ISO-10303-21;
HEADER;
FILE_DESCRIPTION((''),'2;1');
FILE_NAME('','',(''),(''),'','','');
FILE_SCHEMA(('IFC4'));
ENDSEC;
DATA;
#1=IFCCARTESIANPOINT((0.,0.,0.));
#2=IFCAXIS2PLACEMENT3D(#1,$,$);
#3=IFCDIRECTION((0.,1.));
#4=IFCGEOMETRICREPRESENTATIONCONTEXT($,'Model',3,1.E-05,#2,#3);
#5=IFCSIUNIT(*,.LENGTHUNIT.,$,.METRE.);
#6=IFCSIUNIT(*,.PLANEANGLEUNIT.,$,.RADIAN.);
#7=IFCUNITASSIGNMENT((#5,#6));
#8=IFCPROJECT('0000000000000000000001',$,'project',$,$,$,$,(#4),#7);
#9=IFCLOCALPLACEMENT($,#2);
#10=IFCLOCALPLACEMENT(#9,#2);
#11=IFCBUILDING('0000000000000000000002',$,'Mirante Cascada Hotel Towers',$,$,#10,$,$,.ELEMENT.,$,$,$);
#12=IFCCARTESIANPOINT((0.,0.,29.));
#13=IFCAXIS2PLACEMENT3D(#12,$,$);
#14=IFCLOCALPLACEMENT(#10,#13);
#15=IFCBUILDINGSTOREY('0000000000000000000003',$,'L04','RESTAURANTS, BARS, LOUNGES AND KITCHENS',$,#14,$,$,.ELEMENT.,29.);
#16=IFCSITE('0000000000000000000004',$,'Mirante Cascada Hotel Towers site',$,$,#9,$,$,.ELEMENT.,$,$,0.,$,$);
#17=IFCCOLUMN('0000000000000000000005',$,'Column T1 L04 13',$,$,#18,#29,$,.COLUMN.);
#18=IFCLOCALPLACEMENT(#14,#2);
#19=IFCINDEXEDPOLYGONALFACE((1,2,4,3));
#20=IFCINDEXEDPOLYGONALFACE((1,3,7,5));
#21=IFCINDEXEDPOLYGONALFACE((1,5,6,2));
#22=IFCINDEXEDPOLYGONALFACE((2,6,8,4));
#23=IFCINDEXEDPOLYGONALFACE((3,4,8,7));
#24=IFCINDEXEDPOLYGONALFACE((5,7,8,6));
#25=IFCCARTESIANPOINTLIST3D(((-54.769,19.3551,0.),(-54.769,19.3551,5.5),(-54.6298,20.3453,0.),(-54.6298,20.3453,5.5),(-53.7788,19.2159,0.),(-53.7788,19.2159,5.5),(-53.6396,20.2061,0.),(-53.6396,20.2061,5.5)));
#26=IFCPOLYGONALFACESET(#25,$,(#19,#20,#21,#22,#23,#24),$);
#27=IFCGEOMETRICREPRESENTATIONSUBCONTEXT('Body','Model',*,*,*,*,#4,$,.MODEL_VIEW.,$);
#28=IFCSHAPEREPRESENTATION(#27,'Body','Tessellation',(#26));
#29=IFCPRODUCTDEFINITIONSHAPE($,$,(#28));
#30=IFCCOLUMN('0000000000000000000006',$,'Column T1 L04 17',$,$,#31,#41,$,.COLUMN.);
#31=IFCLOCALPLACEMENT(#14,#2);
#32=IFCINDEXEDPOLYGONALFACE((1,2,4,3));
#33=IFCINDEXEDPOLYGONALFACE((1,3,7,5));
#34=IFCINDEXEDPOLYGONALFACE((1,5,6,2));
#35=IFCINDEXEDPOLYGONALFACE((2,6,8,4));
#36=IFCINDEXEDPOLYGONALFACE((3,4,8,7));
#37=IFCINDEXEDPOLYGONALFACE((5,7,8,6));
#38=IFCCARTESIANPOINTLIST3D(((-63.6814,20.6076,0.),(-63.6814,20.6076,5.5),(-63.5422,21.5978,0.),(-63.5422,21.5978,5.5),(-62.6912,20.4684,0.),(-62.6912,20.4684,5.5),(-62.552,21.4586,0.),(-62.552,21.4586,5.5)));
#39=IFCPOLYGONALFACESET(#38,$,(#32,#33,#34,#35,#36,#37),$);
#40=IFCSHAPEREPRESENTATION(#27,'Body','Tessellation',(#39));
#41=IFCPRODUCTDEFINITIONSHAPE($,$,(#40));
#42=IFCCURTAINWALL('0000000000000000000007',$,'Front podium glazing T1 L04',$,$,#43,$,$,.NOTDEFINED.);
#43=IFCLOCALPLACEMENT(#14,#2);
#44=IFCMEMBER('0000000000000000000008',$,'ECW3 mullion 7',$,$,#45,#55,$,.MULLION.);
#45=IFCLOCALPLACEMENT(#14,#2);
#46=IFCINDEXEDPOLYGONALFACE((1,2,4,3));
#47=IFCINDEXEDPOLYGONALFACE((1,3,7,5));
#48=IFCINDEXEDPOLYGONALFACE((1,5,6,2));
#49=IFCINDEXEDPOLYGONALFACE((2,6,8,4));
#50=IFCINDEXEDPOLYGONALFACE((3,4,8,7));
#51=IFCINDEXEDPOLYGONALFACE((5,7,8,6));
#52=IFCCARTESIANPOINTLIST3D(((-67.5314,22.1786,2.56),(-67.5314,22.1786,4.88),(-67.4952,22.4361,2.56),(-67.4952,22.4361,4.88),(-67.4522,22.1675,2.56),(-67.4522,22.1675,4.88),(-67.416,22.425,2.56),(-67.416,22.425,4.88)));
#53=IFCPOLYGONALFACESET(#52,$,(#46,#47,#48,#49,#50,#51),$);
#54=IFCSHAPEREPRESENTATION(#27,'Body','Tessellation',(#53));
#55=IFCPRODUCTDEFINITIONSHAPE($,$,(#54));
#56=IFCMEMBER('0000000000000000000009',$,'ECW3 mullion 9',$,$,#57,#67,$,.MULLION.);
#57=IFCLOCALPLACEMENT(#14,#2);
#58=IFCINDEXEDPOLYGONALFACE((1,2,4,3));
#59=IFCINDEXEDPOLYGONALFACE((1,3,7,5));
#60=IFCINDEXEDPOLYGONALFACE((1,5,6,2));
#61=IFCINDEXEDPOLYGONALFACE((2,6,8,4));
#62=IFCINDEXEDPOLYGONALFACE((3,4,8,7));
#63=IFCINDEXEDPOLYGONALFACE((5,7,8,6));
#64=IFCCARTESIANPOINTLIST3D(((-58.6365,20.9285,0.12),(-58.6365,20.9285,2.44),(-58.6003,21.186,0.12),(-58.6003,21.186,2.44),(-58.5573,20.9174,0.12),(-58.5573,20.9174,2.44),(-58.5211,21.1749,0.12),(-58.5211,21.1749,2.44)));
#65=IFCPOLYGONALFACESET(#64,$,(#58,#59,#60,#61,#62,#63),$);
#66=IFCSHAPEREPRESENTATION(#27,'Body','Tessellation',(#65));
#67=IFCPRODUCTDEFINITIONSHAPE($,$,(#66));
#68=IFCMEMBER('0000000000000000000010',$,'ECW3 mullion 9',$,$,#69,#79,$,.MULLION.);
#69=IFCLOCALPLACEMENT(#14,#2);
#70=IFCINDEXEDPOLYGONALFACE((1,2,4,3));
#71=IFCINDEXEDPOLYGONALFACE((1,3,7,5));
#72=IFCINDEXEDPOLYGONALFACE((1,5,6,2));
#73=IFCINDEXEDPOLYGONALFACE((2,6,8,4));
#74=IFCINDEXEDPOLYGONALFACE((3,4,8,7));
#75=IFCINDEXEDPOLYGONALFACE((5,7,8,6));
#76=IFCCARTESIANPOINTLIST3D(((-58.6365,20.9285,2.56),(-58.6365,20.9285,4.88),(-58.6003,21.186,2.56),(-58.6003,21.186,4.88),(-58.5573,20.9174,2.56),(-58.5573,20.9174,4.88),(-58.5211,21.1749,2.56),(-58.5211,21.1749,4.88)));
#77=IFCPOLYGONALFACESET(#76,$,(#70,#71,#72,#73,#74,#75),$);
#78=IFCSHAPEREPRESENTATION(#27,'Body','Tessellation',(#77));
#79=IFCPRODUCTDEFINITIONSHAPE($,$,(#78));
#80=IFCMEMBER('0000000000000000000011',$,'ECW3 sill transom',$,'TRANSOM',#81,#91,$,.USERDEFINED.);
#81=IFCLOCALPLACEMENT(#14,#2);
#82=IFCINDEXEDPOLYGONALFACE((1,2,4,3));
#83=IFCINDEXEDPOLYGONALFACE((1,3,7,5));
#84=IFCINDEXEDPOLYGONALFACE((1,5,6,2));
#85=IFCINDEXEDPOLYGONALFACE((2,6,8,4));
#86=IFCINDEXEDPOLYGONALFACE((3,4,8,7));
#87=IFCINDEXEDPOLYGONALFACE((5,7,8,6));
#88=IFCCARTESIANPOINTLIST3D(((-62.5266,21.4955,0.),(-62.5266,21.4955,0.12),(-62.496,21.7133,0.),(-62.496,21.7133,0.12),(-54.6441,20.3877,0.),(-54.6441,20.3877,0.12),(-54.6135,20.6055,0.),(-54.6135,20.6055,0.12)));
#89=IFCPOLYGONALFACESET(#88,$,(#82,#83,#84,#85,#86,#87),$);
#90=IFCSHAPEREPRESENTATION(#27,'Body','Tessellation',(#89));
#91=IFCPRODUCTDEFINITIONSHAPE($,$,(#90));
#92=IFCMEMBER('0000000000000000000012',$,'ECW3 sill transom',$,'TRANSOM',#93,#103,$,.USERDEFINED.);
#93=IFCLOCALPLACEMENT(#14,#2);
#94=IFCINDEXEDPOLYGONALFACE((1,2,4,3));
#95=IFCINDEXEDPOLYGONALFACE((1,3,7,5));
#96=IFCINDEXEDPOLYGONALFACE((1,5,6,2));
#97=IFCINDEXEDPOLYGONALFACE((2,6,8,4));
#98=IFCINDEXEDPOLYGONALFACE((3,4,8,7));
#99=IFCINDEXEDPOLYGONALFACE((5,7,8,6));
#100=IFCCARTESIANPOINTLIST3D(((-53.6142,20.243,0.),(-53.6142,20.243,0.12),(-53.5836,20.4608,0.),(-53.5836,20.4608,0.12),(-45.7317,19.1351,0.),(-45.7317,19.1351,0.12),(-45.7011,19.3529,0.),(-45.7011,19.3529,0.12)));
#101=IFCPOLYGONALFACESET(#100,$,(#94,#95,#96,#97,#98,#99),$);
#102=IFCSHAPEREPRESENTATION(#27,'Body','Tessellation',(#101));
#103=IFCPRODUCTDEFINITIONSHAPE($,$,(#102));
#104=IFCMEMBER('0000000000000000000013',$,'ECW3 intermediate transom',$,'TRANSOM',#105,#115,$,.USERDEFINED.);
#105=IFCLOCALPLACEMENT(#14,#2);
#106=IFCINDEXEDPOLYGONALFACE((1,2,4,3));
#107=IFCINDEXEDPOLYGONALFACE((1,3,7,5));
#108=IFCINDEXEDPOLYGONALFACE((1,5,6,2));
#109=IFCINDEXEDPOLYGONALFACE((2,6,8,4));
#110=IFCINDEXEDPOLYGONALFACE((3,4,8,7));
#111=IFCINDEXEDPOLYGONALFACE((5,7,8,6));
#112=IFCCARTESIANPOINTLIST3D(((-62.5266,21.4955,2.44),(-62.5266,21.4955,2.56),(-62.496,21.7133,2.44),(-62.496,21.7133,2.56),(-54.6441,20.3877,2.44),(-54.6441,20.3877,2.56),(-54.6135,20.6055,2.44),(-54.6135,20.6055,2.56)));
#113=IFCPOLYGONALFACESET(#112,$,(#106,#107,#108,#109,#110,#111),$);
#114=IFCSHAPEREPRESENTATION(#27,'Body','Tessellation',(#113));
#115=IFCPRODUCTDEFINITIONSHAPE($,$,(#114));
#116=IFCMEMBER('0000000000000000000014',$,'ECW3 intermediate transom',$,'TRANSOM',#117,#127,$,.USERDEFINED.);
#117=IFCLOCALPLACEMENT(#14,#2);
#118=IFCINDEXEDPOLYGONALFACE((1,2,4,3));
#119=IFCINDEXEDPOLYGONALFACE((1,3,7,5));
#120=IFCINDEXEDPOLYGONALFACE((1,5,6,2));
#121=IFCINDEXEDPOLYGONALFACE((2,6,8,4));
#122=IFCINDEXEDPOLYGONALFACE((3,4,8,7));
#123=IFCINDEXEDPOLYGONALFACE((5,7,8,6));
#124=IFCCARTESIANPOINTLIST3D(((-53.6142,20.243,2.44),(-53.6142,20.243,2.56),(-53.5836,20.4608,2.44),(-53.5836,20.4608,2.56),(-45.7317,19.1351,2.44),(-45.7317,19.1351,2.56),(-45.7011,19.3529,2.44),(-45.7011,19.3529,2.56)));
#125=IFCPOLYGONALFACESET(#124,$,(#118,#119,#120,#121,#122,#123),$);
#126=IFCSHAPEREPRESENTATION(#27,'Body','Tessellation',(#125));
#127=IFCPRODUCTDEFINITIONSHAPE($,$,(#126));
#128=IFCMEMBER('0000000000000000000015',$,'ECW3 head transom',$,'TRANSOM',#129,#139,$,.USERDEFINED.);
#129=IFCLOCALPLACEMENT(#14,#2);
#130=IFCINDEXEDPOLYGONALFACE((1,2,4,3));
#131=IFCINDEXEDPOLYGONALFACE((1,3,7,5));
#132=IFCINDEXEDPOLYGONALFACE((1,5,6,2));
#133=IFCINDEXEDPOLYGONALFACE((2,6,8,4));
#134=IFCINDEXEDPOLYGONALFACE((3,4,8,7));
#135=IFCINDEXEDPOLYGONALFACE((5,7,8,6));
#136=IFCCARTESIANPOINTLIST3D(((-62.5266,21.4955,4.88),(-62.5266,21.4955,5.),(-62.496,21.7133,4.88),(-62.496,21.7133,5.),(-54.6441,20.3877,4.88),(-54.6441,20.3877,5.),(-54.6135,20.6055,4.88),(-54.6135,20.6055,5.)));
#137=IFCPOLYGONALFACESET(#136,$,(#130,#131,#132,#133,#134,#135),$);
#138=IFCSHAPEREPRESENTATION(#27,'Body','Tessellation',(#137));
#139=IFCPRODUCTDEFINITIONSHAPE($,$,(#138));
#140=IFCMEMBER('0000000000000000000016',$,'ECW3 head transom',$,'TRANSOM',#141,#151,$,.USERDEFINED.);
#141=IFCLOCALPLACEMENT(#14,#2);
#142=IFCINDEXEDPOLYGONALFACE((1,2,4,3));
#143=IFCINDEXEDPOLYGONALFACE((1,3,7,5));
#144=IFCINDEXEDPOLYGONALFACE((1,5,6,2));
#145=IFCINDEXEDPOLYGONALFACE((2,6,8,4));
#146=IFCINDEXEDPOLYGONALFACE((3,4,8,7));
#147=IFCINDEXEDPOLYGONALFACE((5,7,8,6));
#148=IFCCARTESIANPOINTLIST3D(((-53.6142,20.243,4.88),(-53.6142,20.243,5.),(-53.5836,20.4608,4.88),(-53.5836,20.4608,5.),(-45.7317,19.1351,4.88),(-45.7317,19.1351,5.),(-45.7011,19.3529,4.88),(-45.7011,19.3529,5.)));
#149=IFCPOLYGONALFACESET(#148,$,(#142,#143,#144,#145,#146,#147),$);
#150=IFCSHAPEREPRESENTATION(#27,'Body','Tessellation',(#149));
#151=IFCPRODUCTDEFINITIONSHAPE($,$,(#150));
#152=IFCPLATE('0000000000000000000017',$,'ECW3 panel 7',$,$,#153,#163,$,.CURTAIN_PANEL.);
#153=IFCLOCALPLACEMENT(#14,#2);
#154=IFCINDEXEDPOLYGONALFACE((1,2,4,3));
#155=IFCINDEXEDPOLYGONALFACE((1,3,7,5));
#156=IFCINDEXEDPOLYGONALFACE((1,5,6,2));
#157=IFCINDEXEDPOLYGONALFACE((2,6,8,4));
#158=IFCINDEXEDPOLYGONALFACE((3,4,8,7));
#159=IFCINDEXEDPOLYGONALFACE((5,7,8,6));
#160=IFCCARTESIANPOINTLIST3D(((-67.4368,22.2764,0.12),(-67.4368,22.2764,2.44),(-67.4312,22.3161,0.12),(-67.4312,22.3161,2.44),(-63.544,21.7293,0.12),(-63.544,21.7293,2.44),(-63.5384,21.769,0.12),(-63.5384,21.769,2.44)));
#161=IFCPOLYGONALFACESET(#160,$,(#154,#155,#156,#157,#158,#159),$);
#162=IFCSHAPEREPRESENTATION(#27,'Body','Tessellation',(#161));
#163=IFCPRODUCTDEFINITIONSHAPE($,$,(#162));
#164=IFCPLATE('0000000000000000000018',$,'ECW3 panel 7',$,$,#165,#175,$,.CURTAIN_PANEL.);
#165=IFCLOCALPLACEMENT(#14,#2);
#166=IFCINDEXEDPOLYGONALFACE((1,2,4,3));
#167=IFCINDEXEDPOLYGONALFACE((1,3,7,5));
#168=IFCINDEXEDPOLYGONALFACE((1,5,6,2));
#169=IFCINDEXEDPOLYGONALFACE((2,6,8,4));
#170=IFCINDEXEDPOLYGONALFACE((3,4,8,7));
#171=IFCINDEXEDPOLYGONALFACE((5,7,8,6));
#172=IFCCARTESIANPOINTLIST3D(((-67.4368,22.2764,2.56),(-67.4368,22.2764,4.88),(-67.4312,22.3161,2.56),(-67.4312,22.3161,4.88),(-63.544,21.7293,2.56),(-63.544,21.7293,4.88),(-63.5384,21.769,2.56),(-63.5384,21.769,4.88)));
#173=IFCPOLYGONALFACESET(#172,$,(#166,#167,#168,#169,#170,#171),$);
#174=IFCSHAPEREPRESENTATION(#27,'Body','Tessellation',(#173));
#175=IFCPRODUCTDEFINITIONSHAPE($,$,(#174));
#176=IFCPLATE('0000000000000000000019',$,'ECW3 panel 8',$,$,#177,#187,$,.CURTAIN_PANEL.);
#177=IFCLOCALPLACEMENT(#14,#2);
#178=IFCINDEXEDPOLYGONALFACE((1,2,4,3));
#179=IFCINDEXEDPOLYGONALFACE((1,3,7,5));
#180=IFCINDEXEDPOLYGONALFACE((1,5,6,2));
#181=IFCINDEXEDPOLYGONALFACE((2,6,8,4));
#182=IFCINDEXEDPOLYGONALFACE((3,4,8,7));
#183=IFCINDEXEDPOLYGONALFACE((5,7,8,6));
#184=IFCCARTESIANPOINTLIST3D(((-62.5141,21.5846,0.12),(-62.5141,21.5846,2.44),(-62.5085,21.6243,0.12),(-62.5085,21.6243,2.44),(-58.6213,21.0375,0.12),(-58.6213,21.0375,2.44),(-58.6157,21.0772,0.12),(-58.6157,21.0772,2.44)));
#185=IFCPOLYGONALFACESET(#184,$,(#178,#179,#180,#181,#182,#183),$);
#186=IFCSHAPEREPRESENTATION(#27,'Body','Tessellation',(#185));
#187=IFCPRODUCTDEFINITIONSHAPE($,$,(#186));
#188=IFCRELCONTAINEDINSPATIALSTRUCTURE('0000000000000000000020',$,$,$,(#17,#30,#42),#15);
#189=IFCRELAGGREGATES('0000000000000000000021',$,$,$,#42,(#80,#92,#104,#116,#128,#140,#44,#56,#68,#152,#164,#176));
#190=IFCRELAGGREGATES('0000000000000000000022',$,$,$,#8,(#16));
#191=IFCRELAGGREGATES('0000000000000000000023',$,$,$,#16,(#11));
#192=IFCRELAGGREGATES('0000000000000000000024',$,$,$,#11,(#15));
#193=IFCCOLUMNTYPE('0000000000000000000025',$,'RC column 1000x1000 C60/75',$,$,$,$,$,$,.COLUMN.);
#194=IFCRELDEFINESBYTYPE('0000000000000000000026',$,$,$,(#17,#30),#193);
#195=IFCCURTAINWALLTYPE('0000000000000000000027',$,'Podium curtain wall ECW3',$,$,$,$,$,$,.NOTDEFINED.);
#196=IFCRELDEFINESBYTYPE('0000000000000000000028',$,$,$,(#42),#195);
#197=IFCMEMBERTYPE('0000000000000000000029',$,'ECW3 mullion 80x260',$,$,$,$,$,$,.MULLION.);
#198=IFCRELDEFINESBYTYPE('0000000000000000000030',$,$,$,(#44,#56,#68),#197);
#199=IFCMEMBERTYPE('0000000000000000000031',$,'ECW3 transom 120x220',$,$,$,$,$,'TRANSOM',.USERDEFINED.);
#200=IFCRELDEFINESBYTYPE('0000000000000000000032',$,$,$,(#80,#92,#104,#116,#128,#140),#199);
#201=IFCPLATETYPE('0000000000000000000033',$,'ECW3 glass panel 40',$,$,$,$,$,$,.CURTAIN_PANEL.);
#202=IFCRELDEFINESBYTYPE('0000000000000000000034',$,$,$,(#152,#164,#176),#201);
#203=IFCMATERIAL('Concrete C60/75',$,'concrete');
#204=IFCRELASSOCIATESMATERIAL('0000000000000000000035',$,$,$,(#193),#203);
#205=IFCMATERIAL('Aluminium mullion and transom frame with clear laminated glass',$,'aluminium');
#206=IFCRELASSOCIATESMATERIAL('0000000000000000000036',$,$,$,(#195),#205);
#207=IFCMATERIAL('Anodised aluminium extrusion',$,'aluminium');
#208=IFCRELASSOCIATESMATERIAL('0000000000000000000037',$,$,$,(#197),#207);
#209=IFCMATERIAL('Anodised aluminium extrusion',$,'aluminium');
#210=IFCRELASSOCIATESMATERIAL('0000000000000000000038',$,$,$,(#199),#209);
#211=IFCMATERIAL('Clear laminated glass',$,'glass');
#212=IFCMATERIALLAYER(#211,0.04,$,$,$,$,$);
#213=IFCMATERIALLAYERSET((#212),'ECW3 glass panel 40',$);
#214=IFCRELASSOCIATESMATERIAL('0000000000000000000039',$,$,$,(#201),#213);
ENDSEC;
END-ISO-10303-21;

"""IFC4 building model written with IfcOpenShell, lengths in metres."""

from ifc_helpers import new_model, si_unit, direction, frame, origin, origin_2d, place, context, subcontext, project, spatial, rectangle, extrude, material, layer, layer_set, material_profile, profile_set, type_object, element, aggregate, save


model = new_model("IFC4")

# Units and contexts
model_context = context("Model", 3, precision=1e-05, world=origin(), true_north=direction((0.0, 1.0)))
body_context = subcontext(model_context, "Body", "Model", "MODEL_VIEW")
ifc_project = project(units=[si_unit("LENGTHUNIT", "METRE"), si_unit("PLANEANGLEUNIT", "RADIAN")], contexts=[model_context])

# Site, building, storey
site_placement = place(None, origin())
site = spatial("IfcSite", under=ifc_project, at=site_placement, Name="Mirante Cascada Hotel Towers site", CompositionType="ELEMENT", RefElevation=0.0)
building_placement = place(site_placement, origin())
building = spatial("IfcBuilding", under=site, at=building_placement, Name="Mirante Cascada Hotel Towers", CompositionType="ELEMENT")
storey_placement = place(building_placement, frame((0.0, 0.0, 29.0)))
storey = spatial("IfcBuildingStorey", under=building, at=storey_placement, Name="L04", Description="RESTAURANTS, BARS, LOUNGES AND KITCHENS", CompositionType="ELEMENT", Elevation=29.0)

# Columns
ifc_material_1 = material(Name="Concrete C60/75", Category="concrete")
ifc_material_profile_1 = material_profile(ifc_material_1, rectangle(XDim=1.0, YDim=1.0, at=origin_2d()), Name="RC column 1000x1000 C60/75")
ifc_profile_set_1 = profile_set([ifc_material_profile_1], Name="Concrete C60/75")
column_type = type_object("IfcColumnType", Name="RC column 1000x1000 C60/75", PredefinedType="COLUMN", material=ifc_profile_set_1)
for number, where, z_axis, x_axis, name in (
    (1, (-54.2043, 19.7806, 0.0), (0.0, 0.0, 1.0), (-0.990268, 0.139173, 0.0), "Column T1 L04 13"),
    (2, (-63.1167, 21.0331, 0.0), (0.0, 0.0, 1.0), (-0.990268, 0.139173, 0.0), "Column T1 L04 17"),
):
    element("IfcColumn", number, at=place(storey_placement, frame(where, z_axis=z_axis, x_axis=x_axis)), inside=storey, type_object=column_type, Name=name, PredefinedType="COLUMN", context=body_context, shape_type="SweptSolid", body=[
        extrude(rectangle(XDim=1.0, YDim=1.0, at=origin_2d()), origin(), (0.0, 0.0, 1.0), 5.5),
    ])

# Curtain wall, members, plates
ifc_material_2 = material(Name="Aluminium mullion and transom frame with clear laminated glass", Category="aluminium")
curtain_wall_type = type_object("IfcCurtainWallType", Name="Podium curtain wall ECW3", PredefinedType="NOTDEFINED", material=ifc_material_2)
curtain_wall_placement = place(storey_placement, origin())
curtain_wall = element("IfcCurtainWall", 3, at=curtain_wall_placement, inside=storey, type_object=curtain_wall_type, Name="Front podium glazing T1 L04", PredefinedType="NOTDEFINED")
ifc_material_3 = material(Name="Anodised aluminium extrusion", Category="aluminium")
ifc_material_profile_2 = material_profile(ifc_material_3, rectangle(XDim=0.26, YDim=0.08, at=origin_2d()), Name="ECW3 MULLION 80x260")
ifc_profile_set_2 = profile_set([ifc_material_profile_2], Name="Anodised aluminium extrusion")
member_type_1 = type_object("IfcMemberType", Name="ECW3 mullion 80x260", PredefinedType="MULLION", material=ifc_profile_set_2)
member_1_placement = place(storey_placement, frame((-67.4737, 22.3018, 2.56), z_axis=(0.0, 0.0, 1.0), x_axis=(0.139173, 0.990268, 0.0)))
member_1 = element("IfcMember", 4, at=member_1_placement, type_object=member_type_1, Name="ECW3 mullion 7", PredefinedType="MULLION", context=body_context, shape_type="SweptSolid", body=[
    extrude(rectangle(XDim=0.26, YDim=0.08, at=origin_2d()), origin(), (0.0, 0.0, 1.0), 2.32),
])
member_2_placement = place(storey_placement, frame((-58.5788, 21.0517, 0.12), z_axis=(0.0, 0.0, 1.0), x_axis=(0.139173, 0.990268, 0.0)))
member_2 = element("IfcMember", 5, at=member_2_placement, type_object=member_type_1, Name="ECW3 mullion 9", PredefinedType="MULLION", context=body_context, shape_type="SweptSolid", body=[
    extrude(rectangle(XDim=0.26, YDim=0.08, at=origin_2d()), origin(), (0.0, 0.0, 1.0), 2.32),
])
member_3_placement = place(storey_placement, frame((-58.5788, 21.0517, 2.56), z_axis=(0.0, 0.0, 1.0), x_axis=(0.139173, 0.990268, 0.0)))
member_3 = element("IfcMember", 6, at=member_3_placement, type_object=member_type_1, Name="ECW3 mullion 9", PredefinedType="MULLION", context=body_context, shape_type="SweptSolid", body=[
    extrude(rectangle(XDim=0.26, YDim=0.08, at=origin_2d()), origin(), (0.0, 0.0, 1.0), 2.32),
])
ifc_material_4 = material(Name="Anodised aluminium extrusion", Category="aluminium")
ifc_material_profile_3 = material_profile(ifc_material_4, rectangle(XDim=0.22, YDim=0.12, at=origin_2d()), Name="ECW3 TRANSOM 120x220")
ifc_profile_set_3 = profile_set([ifc_material_profile_3], Name="Anodised aluminium extrusion")
member_type_2 = type_object("IfcMemberType", Name="ECW3 transom 120x220", ElementType="TRANSOM", PredefinedType="USERDEFINED", material=ifc_profile_set_3)
member_4_placement = place(storey_placement, frame((-62.5113, 21.6044, 0.06), z_axis=(0.990268, -0.139172, 0.0), x_axis=(0.139172, 0.990268, 0.0)))
member_4 = element("IfcMember", 7, at=member_4_placement, type_object=member_type_2, Name="ECW3 sill transom", ObjectType="TRANSOM", PredefinedType="USERDEFINED", context=body_context, shape_type="SweptSolid", body=[
    extrude(rectangle(XDim=0.22, YDim=0.12, at=origin_2d()), origin(), (0.0, 0.0, 1.0), 7.96),
])
member_5_placement = place(storey_placement, frame((-53.5989, 20.3519, 0.06), z_axis=(0.990267, -0.139184, 0.0), x_axis=(0.139184, 0.990267, 0.0)))
member_5 = element("IfcMember", 8, at=member_5_placement, type_object=member_type_2, Name="ECW3 sill transom", ObjectType="TRANSOM", PredefinedType="USERDEFINED", context=body_context, shape_type="SweptSolid", body=[
    extrude(rectangle(XDim=0.22, YDim=0.12, at=origin_2d()), origin(), (0.0, 0.0, 1.0), 7.96),
])
member_6_placement = place(storey_placement, frame((-62.5113, 21.6044, 2.5), z_axis=(0.990268, -0.139172, 0.0), x_axis=(0.139172, 0.990268, 0.0)))
member_6 = element("IfcMember", 9, at=member_6_placement, type_object=member_type_2, Name="ECW3 intermediate transom", ObjectType="TRANSOM", PredefinedType="USERDEFINED", context=body_context, shape_type="SweptSolid", body=[
    extrude(rectangle(XDim=0.22, YDim=0.12, at=origin_2d()), origin(), (0.0, 0.0, 1.0), 7.96),
])
member_7_placement = place(storey_placement, frame((-53.5989, 20.3519, 2.5), z_axis=(0.990267, -0.139184, 0.0), x_axis=(0.139184, 0.990267, 0.0)))
member_7 = element("IfcMember", 10, at=member_7_placement, type_object=member_type_2, Name="ECW3 intermediate transom", ObjectType="TRANSOM", PredefinedType="USERDEFINED", context=body_context, shape_type="SweptSolid", body=[
    extrude(rectangle(XDim=0.22, YDim=0.12, at=origin_2d()), origin(), (0.0, 0.0, 1.0), 7.96),
])
member_8_placement = place(storey_placement, frame((-62.5113, 21.6044, 4.94), z_axis=(0.990268, -0.139172, 0.0), x_axis=(0.139172, 0.990268, 0.0)))
member_8 = element("IfcMember", 11, at=member_8_placement, type_object=member_type_2, Name="ECW3 head transom", ObjectType="TRANSOM", PredefinedType="USERDEFINED", context=body_context, shape_type="SweptSolid", body=[
    extrude(rectangle(XDim=0.22, YDim=0.12, at=origin_2d()), origin(), (0.0, 0.0, 1.0), 7.96),
])
member_9_placement = place(storey_placement, frame((-53.5989, 20.3519, 4.94), z_axis=(0.990267, -0.139184, 0.0), x_axis=(0.139184, 0.990267, 0.0)))
member_9 = element("IfcMember", 12, at=member_9_placement, type_object=member_type_2, Name="ECW3 head transom", ObjectType="TRANSOM", PredefinedType="USERDEFINED", context=body_context, shape_type="SweptSolid", body=[
    extrude(rectangle(XDim=0.22, YDim=0.12, at=origin_2d()), origin(), (0.0, 0.0, 1.0), 7.96),
])
ifc_material_5 = material(Name="Clear laminated glass", Category="glass")
ifc_layer_1 = layer(ifc_material_5, 0.04)
ifc_layer_set_1 = layer_set([ifc_layer_1], Name="ECW3 glass panel 40")
plate_type = type_object("IfcPlateType", Name="ECW3 glass panel 40", PredefinedType="CURTAIN_PANEL", material=ifc_layer_set_1)
plate_1_placement = place(storey_placement, frame((-65.4876, 22.0227, 0.12), z_axis=(0.0, 0.0, 1.0), x_axis=(0.990268, -0.139173, 0.0)))
plate_1 = element("IfcPlate", 13, at=plate_1_placement, type_object=plate_type, Name="ECW3 panel 7", PredefinedType="CURTAIN_PANEL", context=body_context, shape_type="SweptSolid", body=[
    extrude(rectangle(XDim=3.9311, YDim=0.04, at=origin_2d()), origin(), (0.0, 0.0, 1.0), 2.32),
])
plate_2_placement = place(storey_placement, frame((-65.4876, 22.0227, 2.56), z_axis=(0.0, 0.0, 1.0), x_axis=(0.990268, -0.139173, 0.0)))
plate_2 = element("IfcPlate", 14, at=plate_2_placement, type_object=plate_type, Name="ECW3 panel 7", PredefinedType="CURTAIN_PANEL", context=body_context, shape_type="SweptSolid", body=[
    extrude(rectangle(XDim=3.9311, YDim=0.04, at=origin_2d()), origin(), (0.0, 0.0, 1.0), 2.32),
])
plate_3_placement = place(storey_placement, frame((-60.5649, 21.3309, 0.12), z_axis=(0.0, 0.0, 1.0), x_axis=(0.990268, -0.139173, 0.0)))
plate_3 = element("IfcPlate", 15, at=plate_3_placement, type_object=plate_type, Name="ECW3 panel 8", PredefinedType="CURTAIN_PANEL", context=body_context, shape_type="SweptSolid", body=[
    extrude(rectangle(XDim=3.9311, YDim=0.04, at=origin_2d()), origin(), (0.0, 0.0, 1.0), 2.32),
])
aggregate(curtain_wall, [member_4, member_5, member_6, member_7, member_8, member_9, member_1, member_2, member_3, plate_1, plate_2, plate_3])

save(model, "model.ifc")
